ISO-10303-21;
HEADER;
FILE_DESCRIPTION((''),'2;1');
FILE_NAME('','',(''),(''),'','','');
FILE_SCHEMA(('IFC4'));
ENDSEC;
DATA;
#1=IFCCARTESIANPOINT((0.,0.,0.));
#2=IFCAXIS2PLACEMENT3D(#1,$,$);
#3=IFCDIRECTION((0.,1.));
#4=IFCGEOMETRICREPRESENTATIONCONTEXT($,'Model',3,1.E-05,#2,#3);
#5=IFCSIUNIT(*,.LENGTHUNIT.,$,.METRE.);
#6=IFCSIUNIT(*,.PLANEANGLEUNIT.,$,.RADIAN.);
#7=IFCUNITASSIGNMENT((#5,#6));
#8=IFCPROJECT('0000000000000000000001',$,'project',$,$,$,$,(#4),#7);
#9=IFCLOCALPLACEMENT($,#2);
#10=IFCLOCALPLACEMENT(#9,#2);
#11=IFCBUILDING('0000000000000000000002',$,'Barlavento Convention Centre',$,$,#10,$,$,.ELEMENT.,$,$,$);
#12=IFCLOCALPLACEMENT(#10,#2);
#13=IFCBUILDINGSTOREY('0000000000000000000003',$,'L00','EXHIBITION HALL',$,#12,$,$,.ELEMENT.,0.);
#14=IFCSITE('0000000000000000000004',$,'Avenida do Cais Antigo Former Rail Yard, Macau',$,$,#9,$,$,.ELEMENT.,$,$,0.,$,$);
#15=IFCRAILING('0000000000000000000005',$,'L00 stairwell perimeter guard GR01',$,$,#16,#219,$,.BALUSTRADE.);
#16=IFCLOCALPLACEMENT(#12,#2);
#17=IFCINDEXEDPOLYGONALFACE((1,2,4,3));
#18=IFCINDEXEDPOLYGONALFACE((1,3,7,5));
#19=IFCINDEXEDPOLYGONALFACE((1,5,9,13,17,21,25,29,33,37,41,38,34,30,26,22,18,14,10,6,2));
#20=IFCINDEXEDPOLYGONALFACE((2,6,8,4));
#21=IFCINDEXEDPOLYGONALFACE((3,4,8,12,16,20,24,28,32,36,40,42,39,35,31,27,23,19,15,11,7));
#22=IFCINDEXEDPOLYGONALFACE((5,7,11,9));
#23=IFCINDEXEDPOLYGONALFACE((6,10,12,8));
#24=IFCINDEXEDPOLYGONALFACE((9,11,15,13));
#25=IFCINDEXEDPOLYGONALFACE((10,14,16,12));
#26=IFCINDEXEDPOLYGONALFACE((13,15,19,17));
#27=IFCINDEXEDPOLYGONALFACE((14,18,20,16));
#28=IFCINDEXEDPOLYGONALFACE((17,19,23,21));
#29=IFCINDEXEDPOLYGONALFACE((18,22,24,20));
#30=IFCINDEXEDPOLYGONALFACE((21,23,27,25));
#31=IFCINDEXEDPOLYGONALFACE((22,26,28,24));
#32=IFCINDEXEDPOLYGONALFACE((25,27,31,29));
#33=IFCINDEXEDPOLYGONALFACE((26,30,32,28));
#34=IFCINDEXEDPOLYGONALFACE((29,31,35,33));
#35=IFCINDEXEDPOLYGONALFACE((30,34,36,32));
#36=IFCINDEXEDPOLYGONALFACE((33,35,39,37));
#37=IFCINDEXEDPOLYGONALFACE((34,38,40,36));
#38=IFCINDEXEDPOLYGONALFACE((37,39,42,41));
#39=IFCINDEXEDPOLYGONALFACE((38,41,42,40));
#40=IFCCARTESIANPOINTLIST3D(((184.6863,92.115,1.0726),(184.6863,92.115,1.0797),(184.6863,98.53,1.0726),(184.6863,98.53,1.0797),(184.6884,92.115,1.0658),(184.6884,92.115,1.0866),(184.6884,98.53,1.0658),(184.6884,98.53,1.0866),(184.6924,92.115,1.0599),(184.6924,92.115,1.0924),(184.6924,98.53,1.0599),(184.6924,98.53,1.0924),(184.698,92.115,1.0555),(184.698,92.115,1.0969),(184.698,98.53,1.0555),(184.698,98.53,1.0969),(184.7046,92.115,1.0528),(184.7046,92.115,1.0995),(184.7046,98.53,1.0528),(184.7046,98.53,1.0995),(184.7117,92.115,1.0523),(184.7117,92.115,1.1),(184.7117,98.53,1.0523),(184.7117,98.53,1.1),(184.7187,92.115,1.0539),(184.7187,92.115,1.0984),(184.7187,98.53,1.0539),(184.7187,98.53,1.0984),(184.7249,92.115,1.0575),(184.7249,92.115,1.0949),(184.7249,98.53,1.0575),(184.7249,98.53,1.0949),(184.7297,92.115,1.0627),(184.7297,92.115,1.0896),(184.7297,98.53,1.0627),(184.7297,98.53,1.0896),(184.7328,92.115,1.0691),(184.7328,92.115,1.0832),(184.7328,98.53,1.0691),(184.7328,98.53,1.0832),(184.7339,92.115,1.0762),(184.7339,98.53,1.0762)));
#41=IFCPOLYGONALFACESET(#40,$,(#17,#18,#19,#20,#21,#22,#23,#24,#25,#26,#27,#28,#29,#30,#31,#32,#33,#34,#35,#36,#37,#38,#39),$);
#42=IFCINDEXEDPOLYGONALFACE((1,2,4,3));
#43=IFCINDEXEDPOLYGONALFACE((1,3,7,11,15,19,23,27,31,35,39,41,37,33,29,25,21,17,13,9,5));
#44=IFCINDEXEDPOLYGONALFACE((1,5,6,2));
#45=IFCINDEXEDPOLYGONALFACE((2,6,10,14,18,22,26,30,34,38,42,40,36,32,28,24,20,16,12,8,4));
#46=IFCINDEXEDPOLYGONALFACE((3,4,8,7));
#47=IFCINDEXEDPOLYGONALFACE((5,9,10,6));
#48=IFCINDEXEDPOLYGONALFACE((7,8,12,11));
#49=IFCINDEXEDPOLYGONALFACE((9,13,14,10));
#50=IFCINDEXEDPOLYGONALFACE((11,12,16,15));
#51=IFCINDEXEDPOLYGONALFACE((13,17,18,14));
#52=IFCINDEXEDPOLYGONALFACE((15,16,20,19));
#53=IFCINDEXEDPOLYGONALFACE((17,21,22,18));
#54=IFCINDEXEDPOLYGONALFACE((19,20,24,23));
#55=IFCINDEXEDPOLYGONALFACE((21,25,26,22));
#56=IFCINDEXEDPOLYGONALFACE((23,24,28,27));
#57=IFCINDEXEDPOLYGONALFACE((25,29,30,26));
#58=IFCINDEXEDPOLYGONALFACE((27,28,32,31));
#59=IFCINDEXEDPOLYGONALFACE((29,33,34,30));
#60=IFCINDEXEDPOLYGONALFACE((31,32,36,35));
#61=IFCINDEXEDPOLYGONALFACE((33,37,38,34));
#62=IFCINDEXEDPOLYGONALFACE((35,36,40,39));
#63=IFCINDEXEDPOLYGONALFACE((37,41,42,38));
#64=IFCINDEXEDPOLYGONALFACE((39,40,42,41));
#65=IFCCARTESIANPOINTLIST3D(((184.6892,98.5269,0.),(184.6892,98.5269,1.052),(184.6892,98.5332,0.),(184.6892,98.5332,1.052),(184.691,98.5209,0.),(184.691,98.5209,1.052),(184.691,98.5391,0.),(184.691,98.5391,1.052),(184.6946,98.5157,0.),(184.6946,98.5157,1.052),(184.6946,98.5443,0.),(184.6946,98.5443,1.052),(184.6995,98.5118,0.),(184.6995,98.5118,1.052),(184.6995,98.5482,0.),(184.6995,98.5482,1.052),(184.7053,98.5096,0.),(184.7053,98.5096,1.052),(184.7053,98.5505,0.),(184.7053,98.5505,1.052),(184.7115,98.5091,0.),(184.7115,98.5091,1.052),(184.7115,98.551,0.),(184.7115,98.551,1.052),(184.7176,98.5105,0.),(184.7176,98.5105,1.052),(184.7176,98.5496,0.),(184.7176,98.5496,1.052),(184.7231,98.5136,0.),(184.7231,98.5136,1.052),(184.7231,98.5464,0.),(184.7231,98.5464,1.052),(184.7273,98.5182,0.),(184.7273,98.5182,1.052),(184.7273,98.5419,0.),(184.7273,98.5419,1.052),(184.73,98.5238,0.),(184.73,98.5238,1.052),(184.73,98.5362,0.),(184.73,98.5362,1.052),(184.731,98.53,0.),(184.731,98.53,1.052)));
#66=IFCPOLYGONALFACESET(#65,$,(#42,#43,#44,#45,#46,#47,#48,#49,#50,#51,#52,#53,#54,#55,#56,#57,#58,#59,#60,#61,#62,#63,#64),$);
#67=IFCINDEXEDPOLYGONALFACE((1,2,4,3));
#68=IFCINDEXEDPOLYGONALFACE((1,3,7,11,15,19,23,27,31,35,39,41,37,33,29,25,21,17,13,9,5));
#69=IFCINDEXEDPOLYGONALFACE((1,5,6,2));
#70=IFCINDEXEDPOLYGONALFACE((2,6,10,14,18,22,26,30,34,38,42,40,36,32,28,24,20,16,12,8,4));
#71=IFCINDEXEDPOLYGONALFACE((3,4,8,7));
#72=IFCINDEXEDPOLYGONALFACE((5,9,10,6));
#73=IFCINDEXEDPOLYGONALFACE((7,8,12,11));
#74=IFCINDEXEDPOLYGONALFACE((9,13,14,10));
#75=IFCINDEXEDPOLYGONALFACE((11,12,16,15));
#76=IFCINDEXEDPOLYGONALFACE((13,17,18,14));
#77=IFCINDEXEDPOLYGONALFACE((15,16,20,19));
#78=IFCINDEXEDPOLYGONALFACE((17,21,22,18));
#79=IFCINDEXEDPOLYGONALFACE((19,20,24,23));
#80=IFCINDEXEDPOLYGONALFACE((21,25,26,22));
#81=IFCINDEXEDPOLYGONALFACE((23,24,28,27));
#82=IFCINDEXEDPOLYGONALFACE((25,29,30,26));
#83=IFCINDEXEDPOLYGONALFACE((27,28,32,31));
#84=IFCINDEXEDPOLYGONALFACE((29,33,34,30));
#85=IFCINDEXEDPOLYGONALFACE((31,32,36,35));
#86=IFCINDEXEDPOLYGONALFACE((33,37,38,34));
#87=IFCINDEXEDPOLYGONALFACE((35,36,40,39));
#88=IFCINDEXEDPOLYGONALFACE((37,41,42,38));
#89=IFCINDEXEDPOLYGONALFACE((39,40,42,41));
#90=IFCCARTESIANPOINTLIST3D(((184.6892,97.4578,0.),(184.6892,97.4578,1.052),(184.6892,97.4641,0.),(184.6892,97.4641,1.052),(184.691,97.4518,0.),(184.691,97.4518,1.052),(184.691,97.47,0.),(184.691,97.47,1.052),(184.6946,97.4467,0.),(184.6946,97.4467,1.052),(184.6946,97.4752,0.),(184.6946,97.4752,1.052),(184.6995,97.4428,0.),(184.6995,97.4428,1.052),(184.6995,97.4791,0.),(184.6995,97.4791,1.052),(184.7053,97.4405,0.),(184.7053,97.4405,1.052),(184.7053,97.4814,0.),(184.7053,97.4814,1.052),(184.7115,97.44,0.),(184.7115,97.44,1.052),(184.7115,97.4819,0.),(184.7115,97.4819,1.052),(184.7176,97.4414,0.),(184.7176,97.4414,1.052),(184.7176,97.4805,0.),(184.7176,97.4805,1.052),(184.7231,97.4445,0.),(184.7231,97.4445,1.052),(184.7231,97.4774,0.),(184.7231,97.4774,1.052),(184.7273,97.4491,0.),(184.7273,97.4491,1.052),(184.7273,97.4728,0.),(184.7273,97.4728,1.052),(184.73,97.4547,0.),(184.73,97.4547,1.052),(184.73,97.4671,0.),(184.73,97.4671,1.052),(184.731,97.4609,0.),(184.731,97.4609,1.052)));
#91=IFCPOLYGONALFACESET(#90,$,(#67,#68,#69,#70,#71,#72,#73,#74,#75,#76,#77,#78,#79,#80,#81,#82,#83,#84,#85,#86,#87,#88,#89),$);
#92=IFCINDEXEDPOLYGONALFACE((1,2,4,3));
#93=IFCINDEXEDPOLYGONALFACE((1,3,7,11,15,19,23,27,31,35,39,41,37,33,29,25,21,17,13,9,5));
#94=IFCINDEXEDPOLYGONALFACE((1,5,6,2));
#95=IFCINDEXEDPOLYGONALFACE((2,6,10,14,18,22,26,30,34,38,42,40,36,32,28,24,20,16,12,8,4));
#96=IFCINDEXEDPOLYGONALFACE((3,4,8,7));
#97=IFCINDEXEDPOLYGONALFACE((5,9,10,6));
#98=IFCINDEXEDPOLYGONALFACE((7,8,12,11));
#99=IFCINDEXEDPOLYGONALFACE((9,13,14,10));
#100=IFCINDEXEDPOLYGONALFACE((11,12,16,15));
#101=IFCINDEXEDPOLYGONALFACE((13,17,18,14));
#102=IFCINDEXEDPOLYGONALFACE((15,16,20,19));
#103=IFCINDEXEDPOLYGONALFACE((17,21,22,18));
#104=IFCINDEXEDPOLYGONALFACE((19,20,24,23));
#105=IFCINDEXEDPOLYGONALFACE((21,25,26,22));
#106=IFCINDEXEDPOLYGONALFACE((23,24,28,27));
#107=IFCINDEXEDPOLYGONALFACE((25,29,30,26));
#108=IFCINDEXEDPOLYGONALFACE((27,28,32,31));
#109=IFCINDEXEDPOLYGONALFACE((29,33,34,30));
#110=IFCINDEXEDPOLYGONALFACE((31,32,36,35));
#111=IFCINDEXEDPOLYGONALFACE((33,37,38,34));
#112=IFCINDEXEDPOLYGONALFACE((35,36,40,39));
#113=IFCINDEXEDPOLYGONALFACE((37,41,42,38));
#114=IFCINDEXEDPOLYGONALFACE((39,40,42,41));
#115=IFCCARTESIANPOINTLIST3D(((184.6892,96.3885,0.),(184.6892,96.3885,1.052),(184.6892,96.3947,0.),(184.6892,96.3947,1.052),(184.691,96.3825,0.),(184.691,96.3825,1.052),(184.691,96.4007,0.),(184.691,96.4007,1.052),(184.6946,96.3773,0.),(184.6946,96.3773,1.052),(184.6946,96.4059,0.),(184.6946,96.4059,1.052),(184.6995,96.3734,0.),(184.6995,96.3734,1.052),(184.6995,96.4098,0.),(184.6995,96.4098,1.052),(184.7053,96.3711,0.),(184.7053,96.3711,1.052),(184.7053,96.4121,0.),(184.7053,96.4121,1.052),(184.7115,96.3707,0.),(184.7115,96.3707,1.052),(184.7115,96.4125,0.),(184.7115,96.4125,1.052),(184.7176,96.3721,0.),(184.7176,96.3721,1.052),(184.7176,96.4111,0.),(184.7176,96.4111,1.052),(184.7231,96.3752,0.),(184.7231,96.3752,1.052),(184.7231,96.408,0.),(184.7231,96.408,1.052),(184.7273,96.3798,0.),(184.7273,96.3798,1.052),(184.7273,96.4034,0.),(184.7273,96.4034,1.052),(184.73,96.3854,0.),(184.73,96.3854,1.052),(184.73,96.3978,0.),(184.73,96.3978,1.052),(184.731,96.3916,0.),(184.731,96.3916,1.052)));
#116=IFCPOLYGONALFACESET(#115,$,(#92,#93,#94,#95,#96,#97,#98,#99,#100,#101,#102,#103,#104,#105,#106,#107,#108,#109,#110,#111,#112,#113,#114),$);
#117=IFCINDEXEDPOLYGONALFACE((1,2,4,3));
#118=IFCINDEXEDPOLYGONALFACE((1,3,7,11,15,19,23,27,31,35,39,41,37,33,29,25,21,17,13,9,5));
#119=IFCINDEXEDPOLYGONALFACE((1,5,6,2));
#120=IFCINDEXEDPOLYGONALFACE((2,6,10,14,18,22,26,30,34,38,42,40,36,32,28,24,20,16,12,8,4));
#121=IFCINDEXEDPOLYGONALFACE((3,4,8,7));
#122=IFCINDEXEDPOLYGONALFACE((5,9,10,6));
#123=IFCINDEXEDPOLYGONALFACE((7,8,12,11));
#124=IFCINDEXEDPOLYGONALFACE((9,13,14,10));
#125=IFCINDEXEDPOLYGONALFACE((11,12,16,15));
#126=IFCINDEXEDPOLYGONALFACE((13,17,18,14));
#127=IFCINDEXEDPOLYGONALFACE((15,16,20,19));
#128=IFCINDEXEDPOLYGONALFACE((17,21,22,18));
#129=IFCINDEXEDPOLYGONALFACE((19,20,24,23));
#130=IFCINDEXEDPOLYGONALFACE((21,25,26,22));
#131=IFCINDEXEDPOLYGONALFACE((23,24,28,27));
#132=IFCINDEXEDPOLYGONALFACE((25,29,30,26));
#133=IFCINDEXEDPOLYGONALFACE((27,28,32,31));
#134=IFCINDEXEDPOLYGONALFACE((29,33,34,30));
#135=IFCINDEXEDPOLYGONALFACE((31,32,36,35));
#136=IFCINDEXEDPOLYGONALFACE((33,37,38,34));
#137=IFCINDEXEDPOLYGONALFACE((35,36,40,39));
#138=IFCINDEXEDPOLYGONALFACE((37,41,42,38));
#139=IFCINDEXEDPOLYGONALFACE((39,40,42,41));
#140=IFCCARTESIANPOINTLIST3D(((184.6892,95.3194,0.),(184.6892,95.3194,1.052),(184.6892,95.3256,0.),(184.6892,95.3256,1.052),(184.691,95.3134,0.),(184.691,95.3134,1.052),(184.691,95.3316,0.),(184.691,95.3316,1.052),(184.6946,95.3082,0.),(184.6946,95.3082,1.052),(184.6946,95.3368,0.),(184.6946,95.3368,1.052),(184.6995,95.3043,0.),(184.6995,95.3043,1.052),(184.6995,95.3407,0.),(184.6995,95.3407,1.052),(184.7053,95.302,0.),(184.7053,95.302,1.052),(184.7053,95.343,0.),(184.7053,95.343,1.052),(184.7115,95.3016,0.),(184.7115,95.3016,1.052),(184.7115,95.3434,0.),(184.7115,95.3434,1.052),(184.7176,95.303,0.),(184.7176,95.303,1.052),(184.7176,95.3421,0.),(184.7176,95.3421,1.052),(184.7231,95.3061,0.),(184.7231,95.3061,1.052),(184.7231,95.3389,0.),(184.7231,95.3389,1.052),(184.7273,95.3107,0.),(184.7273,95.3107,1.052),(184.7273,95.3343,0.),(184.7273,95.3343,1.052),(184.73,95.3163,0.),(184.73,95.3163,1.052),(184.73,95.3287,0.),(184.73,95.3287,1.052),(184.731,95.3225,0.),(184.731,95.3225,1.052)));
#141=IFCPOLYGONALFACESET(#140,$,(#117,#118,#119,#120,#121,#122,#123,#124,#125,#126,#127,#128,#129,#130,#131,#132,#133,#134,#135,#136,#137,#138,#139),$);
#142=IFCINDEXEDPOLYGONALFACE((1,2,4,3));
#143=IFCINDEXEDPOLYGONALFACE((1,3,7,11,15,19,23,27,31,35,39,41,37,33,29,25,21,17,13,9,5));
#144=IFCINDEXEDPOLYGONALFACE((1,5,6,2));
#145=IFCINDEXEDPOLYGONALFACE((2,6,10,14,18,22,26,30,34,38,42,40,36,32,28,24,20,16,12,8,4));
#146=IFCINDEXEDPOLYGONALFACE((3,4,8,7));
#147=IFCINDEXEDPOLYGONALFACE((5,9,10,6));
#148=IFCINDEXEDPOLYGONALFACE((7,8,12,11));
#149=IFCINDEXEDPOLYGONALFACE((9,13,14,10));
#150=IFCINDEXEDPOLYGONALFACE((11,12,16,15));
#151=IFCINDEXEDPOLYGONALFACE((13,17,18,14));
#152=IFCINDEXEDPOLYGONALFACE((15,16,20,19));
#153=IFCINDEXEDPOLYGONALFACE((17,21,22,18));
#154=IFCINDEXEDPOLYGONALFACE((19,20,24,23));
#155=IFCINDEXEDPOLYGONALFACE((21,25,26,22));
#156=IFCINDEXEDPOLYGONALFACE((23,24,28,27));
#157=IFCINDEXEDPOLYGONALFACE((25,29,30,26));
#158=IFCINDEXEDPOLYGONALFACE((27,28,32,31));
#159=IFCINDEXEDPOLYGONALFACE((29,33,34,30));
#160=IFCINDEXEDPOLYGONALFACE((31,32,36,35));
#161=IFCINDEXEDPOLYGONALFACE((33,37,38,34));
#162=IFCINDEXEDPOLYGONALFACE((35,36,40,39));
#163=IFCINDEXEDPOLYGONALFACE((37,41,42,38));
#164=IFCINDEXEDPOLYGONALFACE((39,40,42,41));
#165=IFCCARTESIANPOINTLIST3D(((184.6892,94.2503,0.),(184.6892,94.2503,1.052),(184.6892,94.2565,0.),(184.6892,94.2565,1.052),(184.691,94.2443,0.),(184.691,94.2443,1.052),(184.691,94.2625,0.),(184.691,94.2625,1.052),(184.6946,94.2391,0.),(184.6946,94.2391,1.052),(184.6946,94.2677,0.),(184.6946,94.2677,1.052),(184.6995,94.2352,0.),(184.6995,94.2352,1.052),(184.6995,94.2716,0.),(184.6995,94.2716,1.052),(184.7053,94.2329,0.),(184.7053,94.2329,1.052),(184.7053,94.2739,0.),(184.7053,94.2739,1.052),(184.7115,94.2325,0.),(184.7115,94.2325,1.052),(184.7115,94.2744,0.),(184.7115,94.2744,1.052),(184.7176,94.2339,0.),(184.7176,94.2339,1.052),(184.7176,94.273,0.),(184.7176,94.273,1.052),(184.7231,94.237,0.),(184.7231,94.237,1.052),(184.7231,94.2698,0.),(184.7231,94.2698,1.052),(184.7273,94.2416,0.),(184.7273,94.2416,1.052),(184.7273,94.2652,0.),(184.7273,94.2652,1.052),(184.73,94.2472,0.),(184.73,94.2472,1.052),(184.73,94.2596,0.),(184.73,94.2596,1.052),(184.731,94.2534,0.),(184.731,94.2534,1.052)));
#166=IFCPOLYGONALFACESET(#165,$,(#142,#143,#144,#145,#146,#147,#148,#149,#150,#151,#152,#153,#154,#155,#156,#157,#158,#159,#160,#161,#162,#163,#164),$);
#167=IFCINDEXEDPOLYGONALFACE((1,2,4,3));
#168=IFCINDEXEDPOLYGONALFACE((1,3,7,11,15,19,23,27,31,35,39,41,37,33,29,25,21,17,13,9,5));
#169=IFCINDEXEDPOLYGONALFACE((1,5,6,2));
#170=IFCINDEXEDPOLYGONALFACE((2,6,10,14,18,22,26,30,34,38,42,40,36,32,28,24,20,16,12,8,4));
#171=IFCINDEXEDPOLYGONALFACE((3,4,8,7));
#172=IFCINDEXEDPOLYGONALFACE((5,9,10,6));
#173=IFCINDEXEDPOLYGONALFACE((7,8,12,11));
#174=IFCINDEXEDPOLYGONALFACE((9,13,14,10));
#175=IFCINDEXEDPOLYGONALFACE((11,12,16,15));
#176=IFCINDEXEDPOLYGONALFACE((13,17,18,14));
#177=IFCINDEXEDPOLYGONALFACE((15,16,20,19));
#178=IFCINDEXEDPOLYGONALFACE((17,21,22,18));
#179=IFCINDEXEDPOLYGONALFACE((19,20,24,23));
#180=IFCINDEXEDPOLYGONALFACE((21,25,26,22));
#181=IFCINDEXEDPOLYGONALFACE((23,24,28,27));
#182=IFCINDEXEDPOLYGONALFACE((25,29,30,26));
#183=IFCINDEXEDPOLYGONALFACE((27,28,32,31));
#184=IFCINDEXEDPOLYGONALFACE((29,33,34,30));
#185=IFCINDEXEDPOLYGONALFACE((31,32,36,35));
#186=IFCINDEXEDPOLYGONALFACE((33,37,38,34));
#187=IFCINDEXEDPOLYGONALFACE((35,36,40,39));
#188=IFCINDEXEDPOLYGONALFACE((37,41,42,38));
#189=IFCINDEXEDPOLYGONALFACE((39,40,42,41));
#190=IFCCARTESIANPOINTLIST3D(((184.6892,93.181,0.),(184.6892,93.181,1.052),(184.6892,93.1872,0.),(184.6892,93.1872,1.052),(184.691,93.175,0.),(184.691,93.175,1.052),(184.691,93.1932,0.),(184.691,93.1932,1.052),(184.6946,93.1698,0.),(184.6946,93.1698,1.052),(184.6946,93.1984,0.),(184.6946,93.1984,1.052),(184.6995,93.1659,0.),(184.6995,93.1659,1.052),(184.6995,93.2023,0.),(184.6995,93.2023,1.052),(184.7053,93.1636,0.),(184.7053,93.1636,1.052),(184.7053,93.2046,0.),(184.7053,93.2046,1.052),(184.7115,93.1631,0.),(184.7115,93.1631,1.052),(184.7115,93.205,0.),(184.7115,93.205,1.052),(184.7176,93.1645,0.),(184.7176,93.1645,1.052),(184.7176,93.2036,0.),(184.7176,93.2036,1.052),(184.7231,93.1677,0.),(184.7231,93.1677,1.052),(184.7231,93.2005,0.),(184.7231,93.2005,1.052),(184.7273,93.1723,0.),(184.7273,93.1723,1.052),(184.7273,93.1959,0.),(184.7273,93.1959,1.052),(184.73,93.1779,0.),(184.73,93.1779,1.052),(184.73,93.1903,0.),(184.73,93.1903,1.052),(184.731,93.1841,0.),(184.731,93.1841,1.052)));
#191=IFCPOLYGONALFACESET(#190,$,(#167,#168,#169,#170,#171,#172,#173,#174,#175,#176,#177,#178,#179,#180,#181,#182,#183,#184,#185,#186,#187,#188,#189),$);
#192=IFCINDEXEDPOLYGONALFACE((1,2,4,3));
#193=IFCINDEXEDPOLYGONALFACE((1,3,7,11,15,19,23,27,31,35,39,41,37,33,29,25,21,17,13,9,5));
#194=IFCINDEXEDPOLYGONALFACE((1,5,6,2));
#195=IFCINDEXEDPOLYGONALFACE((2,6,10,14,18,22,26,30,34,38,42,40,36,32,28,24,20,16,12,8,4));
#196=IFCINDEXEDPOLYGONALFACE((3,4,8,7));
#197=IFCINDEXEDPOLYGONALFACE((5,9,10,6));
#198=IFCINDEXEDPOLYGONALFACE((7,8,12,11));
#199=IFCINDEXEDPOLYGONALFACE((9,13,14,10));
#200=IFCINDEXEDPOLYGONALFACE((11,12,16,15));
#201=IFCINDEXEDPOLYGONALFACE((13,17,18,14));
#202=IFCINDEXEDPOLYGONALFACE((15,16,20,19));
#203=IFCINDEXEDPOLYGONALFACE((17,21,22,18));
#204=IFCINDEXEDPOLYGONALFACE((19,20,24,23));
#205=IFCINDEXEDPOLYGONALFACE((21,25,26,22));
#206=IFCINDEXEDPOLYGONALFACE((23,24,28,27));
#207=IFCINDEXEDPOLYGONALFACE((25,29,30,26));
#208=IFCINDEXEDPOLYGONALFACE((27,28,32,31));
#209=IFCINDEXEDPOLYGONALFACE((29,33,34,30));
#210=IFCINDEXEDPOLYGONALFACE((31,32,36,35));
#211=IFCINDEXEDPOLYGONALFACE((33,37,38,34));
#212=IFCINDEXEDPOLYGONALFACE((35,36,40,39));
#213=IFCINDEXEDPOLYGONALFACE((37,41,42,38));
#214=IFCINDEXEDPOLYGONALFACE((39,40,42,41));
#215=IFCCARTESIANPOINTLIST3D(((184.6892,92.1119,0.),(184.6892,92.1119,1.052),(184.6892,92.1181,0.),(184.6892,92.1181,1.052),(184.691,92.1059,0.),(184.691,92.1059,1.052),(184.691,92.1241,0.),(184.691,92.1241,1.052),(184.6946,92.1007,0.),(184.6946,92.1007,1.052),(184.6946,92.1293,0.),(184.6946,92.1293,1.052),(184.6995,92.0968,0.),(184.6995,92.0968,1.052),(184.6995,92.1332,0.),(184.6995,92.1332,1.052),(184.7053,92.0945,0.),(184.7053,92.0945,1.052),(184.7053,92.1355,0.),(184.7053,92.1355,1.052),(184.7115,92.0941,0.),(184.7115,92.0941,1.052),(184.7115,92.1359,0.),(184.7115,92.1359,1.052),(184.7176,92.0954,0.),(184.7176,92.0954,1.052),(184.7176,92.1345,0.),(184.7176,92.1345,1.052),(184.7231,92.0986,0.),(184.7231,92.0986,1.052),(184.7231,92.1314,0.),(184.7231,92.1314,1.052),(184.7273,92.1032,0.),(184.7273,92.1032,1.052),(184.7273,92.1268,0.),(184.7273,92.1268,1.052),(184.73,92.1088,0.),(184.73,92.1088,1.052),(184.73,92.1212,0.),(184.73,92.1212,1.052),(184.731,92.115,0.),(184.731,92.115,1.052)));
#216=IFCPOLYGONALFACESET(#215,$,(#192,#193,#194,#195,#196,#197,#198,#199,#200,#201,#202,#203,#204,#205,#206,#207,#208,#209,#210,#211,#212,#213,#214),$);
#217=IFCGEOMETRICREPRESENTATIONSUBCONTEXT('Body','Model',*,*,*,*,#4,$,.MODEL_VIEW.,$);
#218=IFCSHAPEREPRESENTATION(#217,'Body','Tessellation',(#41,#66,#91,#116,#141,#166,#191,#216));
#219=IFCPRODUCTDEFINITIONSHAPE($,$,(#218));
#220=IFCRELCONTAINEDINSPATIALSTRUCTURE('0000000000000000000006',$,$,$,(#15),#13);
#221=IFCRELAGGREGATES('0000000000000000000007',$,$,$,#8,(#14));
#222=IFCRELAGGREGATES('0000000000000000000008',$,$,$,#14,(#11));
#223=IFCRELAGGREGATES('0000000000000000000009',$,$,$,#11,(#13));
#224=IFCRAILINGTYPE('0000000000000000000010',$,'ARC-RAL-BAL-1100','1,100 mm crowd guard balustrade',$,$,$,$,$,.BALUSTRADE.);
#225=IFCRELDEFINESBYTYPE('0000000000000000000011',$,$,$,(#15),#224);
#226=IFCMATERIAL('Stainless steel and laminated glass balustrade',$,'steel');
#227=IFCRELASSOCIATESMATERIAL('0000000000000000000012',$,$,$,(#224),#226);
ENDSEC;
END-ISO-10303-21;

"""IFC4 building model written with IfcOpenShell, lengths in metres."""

from ifc_helpers import new_model, si_unit, direction, frame, origin, origin_2d, place, context, subcontext, project, spatial, circle, extrude, material, type_object, element, save


model = new_model("IFC4")

# Units and contexts
model_context = context("Model", 3, precision=1e-05, world=origin(), true_north=direction((0.0, 1.0)))
body_context = subcontext(model_context, "Body", "Model", "MODEL_VIEW")
ifc_project = project(units=[si_unit("LENGTHUNIT", "METRE"), si_unit("PLANEANGLEUNIT", "RADIAN")], contexts=[model_context])

# Site, building, storey
site_placement = place(None, origin())
site = spatial("IfcSite", under=ifc_project, at=site_placement, Name="Avenida do Cais Antigo Former Rail Yard, Macau", CompositionType="ELEMENT", RefElevation=0.0)
building_placement = place(site_placement, origin())
building = spatial("IfcBuilding", under=site, at=building_placement, Name="Barlavento Convention Centre", CompositionType="ELEMENT")
storey_placement = place(building_placement, origin())
storey = spatial("IfcBuildingStorey", under=building, at=storey_placement, Name="L00", Description="EXHIBITION HALL", CompositionType="ELEMENT", Elevation=0.0)

# Railing
ifc_material_1 = material(Name="Stainless steel and laminated glass balustrade", Category="steel")
railing_type_1 = type_object("IfcRailingType", Name="ARC-RAL-BAL-1100", Description="1,100 mm crowd guard balustrade", PredefinedType="BALUSTRADE", material=ifc_material_1)
railing_1_placement = place(storey_placement, frame((184.71, 98.53, 0.0)))
element("IfcRailing", 1, at=railing_1_placement, inside=storey, type_object=railing_type_1, Name="L00 stairwell perimeter guard GR01", PredefinedType="BALUSTRADE", context=body_context, shape_type="SweptSolid", body=[
    extrude(circle(Radius=0.0239, at=origin_2d()), frame((0.0, 0.0, 1.0762), z_axis=(0.0, -1.0, 0.0), x_axis=(1.0, 0.0, 0.0)), (0.0, 0.0, 1.0), 6.415),
    extrude(circle(Radius=0.021, at=origin_2d()), origin(), (0.0, 0.0, 1.0), 1.052),
    extrude(circle(Radius=0.021, at=origin_2d()), frame((0.0, -1.0691, 0.0)), (0.0, 0.0, 1.0), 1.052),
    extrude(circle(Radius=0.021, at=origin_2d()), frame((0.0, -2.1384, 0.0)), (0.0, 0.0, 1.0), 1.052),
    extrude(circle(Radius=0.021, at=origin_2d()), frame((0.0, -3.2075, 0.0)), (0.0, 0.0, 1.0), 1.052),
    extrude(circle(Radius=0.021, at=origin_2d()), frame((0.0, -4.2766, 0.0)), (0.0, 0.0, 1.0), 1.052),
    extrude(circle(Radius=0.021, at=origin_2d()), frame((0.0, -5.3459, 0.0)), (0.0, 0.0, 1.0), 1.052),
    extrude(circle(Radius=0.021, at=origin_2d()), frame((0.0, -6.415, 0.0)), (0.0, 0.0, 1.0), 1.052),
])

save(model, "model.ifc")
